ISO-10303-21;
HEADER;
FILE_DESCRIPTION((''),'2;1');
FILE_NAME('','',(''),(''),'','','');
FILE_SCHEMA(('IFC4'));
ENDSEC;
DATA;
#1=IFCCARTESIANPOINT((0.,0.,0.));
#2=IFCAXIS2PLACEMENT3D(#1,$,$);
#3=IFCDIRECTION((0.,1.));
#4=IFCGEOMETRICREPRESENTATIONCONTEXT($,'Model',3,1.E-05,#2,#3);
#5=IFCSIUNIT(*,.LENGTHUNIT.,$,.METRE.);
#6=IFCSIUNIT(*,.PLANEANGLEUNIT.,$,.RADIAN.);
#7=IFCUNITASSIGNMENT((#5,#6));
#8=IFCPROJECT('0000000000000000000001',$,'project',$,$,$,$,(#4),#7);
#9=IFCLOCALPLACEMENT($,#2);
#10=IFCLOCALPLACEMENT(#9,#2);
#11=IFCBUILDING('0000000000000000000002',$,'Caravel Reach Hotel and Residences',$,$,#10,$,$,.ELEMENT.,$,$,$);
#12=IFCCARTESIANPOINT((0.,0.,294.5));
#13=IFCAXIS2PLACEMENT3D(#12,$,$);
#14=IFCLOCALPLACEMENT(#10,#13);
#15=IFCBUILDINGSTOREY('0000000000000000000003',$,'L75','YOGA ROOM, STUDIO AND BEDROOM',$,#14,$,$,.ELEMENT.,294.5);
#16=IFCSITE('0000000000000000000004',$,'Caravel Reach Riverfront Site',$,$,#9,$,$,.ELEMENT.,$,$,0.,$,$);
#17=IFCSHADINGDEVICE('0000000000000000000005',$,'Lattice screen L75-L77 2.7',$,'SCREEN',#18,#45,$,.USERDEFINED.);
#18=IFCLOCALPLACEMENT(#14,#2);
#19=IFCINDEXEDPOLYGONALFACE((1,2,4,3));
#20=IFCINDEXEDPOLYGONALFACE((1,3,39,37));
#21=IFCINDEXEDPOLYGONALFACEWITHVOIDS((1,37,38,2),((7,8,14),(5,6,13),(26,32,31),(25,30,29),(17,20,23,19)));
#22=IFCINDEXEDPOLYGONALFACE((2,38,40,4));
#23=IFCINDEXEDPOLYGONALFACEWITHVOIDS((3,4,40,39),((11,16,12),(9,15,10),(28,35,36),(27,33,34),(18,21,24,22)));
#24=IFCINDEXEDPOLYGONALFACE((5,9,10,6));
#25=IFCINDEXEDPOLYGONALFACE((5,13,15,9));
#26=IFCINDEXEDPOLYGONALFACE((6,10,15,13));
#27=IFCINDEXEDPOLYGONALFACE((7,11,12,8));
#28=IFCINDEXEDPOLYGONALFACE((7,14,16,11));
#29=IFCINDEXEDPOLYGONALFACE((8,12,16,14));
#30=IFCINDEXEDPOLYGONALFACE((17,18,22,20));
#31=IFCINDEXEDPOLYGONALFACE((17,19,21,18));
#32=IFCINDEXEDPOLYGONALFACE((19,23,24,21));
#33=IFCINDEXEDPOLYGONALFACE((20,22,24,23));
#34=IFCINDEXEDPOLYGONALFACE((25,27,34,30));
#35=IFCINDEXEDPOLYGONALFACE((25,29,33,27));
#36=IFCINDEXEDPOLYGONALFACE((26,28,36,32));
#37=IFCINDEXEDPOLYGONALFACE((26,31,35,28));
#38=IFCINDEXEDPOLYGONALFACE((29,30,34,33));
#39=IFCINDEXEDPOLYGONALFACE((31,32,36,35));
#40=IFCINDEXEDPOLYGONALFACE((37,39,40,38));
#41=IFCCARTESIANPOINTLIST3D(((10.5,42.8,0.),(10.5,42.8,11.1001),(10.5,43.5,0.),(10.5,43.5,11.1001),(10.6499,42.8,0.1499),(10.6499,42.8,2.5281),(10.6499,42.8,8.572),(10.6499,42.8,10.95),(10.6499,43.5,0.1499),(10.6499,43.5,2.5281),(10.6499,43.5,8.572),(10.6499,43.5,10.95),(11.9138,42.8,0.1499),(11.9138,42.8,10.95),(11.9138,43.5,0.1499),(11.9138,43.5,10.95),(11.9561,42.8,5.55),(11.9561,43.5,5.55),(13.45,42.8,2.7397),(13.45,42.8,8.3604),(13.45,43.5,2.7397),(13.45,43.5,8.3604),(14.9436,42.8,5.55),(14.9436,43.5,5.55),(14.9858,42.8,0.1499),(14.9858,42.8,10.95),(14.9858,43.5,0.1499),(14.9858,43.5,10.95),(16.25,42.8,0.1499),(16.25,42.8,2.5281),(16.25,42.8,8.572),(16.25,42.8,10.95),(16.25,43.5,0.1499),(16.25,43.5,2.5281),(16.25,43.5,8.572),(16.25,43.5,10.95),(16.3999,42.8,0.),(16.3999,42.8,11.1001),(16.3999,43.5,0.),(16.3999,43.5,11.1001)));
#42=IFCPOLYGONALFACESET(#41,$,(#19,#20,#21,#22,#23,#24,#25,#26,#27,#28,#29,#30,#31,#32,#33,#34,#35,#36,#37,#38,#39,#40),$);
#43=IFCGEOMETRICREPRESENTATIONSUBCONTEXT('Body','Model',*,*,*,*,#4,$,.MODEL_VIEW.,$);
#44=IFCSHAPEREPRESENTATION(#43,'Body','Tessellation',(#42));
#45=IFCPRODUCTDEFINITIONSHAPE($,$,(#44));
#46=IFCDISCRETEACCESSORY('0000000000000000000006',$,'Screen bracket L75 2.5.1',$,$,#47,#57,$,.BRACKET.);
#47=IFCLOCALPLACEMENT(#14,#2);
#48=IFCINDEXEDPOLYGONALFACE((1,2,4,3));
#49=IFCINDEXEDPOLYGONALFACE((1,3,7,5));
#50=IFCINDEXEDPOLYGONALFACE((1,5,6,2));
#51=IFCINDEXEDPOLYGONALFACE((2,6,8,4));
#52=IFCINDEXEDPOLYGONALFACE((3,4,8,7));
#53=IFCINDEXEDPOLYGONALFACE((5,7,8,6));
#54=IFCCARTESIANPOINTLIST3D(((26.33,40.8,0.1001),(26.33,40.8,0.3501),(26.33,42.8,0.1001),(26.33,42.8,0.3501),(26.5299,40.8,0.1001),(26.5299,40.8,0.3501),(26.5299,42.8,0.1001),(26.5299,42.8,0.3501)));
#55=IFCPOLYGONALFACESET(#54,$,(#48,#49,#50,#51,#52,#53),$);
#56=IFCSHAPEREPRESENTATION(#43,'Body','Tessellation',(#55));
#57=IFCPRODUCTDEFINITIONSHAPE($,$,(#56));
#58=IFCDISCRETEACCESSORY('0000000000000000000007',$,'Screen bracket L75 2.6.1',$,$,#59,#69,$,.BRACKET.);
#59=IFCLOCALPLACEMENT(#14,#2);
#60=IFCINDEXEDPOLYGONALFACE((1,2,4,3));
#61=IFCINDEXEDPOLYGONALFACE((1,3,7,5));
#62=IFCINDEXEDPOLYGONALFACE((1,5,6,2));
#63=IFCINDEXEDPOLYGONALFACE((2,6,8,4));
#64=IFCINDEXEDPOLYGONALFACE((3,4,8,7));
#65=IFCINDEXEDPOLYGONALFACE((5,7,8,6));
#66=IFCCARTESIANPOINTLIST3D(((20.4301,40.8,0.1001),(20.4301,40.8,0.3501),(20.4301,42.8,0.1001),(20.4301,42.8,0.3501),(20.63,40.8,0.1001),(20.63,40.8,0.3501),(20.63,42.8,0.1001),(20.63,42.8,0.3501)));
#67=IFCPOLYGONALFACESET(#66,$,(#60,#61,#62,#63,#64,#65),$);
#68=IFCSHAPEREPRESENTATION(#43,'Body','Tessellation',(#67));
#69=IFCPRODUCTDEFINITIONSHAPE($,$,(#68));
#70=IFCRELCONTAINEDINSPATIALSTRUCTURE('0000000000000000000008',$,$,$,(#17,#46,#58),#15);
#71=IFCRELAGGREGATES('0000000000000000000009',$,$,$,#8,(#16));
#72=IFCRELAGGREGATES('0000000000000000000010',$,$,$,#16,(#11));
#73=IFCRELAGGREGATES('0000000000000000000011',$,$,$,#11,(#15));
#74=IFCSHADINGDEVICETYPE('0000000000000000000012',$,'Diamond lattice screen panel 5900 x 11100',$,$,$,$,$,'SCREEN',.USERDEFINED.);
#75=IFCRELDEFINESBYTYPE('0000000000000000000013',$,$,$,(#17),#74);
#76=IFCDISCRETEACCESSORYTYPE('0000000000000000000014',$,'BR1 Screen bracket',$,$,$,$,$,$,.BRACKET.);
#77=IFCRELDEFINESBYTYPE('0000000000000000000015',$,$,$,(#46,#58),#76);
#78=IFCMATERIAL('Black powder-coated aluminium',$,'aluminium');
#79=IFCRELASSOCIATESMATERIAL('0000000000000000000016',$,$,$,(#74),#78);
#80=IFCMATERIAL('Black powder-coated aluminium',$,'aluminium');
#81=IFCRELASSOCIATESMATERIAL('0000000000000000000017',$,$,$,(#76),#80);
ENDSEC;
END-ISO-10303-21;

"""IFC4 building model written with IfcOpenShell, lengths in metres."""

from ifc_helpers import new_model, si_unit, direction, frame, origin, origin_2d, place, context, subcontext, project, spatial, polyline, rectangle, outline, extrude, material, type_object, element, save


model = new_model("IFC4")

# Units and contexts
model_context = context("Model", 3, precision=1e-05, world=origin(), true_north=direction((0.0, 1.0)))
body_context = subcontext(model_context, "Body", "Model", "MODEL_VIEW")
ifc_project = project(units=[si_unit("LENGTHUNIT", "METRE"), si_unit("PLANEANGLEUNIT", "RADIAN")], contexts=[model_context])

# Site, building, storey
site_placement = place(None, origin())
site = spatial("IfcSite", under=ifc_project, at=site_placement, Name="Caravel Reach Riverfront Site", CompositionType="ELEMENT", RefElevation=0.0)
building_placement = place(site_placement, origin())
building = spatial("IfcBuilding", under=site, at=building_placement, Name="Caravel Reach Hotel and Residences", CompositionType="ELEMENT")
storey_placement = place(building_placement, frame((0.0, 0.0, 294.5)))
storey = spatial("IfcBuildingStorey", under=building, at=storey_placement, Name="L75", Description="YOGA ROOM, STUDIO AND BEDROOM", CompositionType="ELEMENT", Elevation=294.5)

# Shading device
ifc_material_1 = material(Name="Black powder-coated aluminium", Category="aluminium")
shading_device_type = type_object("IfcShadingDeviceType", Name="Diamond lattice screen panel 5900 x 11100", ElementType="SCREEN", PredefinedType="USERDEFINED", material=ifc_material_1)
for number, where, z_axis, x_axis, name in (
    (1, (16.3999, 42.8, 0.0), (0.0, 1.0, 0.0), (-1.0, 0.0, 0.0), "Lattice screen L75-L77 2.7"),
):
    element("IfcShadingDevice", number, at=place(storey_placement, frame(where, z_axis=z_axis, x_axis=x_axis)), inside=storey, type_object=shading_device_type, Name=name, ObjectType="SCREEN", PredefinedType="USERDEFINED", context=body_context, shape_type="SweptSolid", body=[
        extrude(outline(polyline([(0.0, 0.0), (5.8999, 0.0), (5.8999, 11.1001), (0.0, 11.1001), (0.0, 0.0)]), holes=[polyline([(1.4141, 0.1499), (0.1499, 2.5281), (0.1499, 0.1499), (1.4141, 0.1499)]), polyline([(0.1499, 8.572), (1.4141, 10.95), (0.1499, 10.95), (0.1499, 8.572)]), polyline([(2.95, 8.3604), (1.4563, 5.55), (2.95, 2.7397), (4.4438, 5.55), (2.95, 8.3604)]), polyline([(5.75, 2.5281), (4.4861, 0.1499), (5.75, 0.1499), (5.75, 2.5281)]), polyline([(4.4861, 10.95), (5.75, 8.572), (5.75, 10.95), (4.4861, 10.95)])]), origin(), (0.0, 0.0, 1.0), 0.7),
    ])

# Discrete accessories
ifc_material_2 = material(Name="Black powder-coated aluminium", Category="aluminium")
discrete_accessory_type = type_object("IfcDiscreteAccessoryType", Name="BR1 Screen bracket", PredefinedType="BRACKET", material=ifc_material_2)
for number, where, z_axis, x_axis, name in (
    (2, (26.4299, 41.8, 0.1001), (0.0, 0.0, 1.0), (0.0, 1.0, 0.0), "Screen bracket L75 2.5.1"),
    (3, (20.53, 41.8, 0.1001), (0.0, 0.0, 1.0), (0.0, 1.0, 0.0), "Screen bracket L75 2.6.1"),
):
    element("IfcDiscreteAccessory", number, at=place(storey_placement, frame(where, z_axis=z_axis, x_axis=x_axis)), inside=storey, type_object=discrete_accessory_type, Name=name, PredefinedType="BRACKET", context=body_context, shape_type="SweptSolid", body=[
        extrude(rectangle(XDim=2.0, YDim=0.2, at=origin_2d()), origin(), (0.0, 0.0, 1.0), 0.25),
    ])

save(model, "model.ifc")
